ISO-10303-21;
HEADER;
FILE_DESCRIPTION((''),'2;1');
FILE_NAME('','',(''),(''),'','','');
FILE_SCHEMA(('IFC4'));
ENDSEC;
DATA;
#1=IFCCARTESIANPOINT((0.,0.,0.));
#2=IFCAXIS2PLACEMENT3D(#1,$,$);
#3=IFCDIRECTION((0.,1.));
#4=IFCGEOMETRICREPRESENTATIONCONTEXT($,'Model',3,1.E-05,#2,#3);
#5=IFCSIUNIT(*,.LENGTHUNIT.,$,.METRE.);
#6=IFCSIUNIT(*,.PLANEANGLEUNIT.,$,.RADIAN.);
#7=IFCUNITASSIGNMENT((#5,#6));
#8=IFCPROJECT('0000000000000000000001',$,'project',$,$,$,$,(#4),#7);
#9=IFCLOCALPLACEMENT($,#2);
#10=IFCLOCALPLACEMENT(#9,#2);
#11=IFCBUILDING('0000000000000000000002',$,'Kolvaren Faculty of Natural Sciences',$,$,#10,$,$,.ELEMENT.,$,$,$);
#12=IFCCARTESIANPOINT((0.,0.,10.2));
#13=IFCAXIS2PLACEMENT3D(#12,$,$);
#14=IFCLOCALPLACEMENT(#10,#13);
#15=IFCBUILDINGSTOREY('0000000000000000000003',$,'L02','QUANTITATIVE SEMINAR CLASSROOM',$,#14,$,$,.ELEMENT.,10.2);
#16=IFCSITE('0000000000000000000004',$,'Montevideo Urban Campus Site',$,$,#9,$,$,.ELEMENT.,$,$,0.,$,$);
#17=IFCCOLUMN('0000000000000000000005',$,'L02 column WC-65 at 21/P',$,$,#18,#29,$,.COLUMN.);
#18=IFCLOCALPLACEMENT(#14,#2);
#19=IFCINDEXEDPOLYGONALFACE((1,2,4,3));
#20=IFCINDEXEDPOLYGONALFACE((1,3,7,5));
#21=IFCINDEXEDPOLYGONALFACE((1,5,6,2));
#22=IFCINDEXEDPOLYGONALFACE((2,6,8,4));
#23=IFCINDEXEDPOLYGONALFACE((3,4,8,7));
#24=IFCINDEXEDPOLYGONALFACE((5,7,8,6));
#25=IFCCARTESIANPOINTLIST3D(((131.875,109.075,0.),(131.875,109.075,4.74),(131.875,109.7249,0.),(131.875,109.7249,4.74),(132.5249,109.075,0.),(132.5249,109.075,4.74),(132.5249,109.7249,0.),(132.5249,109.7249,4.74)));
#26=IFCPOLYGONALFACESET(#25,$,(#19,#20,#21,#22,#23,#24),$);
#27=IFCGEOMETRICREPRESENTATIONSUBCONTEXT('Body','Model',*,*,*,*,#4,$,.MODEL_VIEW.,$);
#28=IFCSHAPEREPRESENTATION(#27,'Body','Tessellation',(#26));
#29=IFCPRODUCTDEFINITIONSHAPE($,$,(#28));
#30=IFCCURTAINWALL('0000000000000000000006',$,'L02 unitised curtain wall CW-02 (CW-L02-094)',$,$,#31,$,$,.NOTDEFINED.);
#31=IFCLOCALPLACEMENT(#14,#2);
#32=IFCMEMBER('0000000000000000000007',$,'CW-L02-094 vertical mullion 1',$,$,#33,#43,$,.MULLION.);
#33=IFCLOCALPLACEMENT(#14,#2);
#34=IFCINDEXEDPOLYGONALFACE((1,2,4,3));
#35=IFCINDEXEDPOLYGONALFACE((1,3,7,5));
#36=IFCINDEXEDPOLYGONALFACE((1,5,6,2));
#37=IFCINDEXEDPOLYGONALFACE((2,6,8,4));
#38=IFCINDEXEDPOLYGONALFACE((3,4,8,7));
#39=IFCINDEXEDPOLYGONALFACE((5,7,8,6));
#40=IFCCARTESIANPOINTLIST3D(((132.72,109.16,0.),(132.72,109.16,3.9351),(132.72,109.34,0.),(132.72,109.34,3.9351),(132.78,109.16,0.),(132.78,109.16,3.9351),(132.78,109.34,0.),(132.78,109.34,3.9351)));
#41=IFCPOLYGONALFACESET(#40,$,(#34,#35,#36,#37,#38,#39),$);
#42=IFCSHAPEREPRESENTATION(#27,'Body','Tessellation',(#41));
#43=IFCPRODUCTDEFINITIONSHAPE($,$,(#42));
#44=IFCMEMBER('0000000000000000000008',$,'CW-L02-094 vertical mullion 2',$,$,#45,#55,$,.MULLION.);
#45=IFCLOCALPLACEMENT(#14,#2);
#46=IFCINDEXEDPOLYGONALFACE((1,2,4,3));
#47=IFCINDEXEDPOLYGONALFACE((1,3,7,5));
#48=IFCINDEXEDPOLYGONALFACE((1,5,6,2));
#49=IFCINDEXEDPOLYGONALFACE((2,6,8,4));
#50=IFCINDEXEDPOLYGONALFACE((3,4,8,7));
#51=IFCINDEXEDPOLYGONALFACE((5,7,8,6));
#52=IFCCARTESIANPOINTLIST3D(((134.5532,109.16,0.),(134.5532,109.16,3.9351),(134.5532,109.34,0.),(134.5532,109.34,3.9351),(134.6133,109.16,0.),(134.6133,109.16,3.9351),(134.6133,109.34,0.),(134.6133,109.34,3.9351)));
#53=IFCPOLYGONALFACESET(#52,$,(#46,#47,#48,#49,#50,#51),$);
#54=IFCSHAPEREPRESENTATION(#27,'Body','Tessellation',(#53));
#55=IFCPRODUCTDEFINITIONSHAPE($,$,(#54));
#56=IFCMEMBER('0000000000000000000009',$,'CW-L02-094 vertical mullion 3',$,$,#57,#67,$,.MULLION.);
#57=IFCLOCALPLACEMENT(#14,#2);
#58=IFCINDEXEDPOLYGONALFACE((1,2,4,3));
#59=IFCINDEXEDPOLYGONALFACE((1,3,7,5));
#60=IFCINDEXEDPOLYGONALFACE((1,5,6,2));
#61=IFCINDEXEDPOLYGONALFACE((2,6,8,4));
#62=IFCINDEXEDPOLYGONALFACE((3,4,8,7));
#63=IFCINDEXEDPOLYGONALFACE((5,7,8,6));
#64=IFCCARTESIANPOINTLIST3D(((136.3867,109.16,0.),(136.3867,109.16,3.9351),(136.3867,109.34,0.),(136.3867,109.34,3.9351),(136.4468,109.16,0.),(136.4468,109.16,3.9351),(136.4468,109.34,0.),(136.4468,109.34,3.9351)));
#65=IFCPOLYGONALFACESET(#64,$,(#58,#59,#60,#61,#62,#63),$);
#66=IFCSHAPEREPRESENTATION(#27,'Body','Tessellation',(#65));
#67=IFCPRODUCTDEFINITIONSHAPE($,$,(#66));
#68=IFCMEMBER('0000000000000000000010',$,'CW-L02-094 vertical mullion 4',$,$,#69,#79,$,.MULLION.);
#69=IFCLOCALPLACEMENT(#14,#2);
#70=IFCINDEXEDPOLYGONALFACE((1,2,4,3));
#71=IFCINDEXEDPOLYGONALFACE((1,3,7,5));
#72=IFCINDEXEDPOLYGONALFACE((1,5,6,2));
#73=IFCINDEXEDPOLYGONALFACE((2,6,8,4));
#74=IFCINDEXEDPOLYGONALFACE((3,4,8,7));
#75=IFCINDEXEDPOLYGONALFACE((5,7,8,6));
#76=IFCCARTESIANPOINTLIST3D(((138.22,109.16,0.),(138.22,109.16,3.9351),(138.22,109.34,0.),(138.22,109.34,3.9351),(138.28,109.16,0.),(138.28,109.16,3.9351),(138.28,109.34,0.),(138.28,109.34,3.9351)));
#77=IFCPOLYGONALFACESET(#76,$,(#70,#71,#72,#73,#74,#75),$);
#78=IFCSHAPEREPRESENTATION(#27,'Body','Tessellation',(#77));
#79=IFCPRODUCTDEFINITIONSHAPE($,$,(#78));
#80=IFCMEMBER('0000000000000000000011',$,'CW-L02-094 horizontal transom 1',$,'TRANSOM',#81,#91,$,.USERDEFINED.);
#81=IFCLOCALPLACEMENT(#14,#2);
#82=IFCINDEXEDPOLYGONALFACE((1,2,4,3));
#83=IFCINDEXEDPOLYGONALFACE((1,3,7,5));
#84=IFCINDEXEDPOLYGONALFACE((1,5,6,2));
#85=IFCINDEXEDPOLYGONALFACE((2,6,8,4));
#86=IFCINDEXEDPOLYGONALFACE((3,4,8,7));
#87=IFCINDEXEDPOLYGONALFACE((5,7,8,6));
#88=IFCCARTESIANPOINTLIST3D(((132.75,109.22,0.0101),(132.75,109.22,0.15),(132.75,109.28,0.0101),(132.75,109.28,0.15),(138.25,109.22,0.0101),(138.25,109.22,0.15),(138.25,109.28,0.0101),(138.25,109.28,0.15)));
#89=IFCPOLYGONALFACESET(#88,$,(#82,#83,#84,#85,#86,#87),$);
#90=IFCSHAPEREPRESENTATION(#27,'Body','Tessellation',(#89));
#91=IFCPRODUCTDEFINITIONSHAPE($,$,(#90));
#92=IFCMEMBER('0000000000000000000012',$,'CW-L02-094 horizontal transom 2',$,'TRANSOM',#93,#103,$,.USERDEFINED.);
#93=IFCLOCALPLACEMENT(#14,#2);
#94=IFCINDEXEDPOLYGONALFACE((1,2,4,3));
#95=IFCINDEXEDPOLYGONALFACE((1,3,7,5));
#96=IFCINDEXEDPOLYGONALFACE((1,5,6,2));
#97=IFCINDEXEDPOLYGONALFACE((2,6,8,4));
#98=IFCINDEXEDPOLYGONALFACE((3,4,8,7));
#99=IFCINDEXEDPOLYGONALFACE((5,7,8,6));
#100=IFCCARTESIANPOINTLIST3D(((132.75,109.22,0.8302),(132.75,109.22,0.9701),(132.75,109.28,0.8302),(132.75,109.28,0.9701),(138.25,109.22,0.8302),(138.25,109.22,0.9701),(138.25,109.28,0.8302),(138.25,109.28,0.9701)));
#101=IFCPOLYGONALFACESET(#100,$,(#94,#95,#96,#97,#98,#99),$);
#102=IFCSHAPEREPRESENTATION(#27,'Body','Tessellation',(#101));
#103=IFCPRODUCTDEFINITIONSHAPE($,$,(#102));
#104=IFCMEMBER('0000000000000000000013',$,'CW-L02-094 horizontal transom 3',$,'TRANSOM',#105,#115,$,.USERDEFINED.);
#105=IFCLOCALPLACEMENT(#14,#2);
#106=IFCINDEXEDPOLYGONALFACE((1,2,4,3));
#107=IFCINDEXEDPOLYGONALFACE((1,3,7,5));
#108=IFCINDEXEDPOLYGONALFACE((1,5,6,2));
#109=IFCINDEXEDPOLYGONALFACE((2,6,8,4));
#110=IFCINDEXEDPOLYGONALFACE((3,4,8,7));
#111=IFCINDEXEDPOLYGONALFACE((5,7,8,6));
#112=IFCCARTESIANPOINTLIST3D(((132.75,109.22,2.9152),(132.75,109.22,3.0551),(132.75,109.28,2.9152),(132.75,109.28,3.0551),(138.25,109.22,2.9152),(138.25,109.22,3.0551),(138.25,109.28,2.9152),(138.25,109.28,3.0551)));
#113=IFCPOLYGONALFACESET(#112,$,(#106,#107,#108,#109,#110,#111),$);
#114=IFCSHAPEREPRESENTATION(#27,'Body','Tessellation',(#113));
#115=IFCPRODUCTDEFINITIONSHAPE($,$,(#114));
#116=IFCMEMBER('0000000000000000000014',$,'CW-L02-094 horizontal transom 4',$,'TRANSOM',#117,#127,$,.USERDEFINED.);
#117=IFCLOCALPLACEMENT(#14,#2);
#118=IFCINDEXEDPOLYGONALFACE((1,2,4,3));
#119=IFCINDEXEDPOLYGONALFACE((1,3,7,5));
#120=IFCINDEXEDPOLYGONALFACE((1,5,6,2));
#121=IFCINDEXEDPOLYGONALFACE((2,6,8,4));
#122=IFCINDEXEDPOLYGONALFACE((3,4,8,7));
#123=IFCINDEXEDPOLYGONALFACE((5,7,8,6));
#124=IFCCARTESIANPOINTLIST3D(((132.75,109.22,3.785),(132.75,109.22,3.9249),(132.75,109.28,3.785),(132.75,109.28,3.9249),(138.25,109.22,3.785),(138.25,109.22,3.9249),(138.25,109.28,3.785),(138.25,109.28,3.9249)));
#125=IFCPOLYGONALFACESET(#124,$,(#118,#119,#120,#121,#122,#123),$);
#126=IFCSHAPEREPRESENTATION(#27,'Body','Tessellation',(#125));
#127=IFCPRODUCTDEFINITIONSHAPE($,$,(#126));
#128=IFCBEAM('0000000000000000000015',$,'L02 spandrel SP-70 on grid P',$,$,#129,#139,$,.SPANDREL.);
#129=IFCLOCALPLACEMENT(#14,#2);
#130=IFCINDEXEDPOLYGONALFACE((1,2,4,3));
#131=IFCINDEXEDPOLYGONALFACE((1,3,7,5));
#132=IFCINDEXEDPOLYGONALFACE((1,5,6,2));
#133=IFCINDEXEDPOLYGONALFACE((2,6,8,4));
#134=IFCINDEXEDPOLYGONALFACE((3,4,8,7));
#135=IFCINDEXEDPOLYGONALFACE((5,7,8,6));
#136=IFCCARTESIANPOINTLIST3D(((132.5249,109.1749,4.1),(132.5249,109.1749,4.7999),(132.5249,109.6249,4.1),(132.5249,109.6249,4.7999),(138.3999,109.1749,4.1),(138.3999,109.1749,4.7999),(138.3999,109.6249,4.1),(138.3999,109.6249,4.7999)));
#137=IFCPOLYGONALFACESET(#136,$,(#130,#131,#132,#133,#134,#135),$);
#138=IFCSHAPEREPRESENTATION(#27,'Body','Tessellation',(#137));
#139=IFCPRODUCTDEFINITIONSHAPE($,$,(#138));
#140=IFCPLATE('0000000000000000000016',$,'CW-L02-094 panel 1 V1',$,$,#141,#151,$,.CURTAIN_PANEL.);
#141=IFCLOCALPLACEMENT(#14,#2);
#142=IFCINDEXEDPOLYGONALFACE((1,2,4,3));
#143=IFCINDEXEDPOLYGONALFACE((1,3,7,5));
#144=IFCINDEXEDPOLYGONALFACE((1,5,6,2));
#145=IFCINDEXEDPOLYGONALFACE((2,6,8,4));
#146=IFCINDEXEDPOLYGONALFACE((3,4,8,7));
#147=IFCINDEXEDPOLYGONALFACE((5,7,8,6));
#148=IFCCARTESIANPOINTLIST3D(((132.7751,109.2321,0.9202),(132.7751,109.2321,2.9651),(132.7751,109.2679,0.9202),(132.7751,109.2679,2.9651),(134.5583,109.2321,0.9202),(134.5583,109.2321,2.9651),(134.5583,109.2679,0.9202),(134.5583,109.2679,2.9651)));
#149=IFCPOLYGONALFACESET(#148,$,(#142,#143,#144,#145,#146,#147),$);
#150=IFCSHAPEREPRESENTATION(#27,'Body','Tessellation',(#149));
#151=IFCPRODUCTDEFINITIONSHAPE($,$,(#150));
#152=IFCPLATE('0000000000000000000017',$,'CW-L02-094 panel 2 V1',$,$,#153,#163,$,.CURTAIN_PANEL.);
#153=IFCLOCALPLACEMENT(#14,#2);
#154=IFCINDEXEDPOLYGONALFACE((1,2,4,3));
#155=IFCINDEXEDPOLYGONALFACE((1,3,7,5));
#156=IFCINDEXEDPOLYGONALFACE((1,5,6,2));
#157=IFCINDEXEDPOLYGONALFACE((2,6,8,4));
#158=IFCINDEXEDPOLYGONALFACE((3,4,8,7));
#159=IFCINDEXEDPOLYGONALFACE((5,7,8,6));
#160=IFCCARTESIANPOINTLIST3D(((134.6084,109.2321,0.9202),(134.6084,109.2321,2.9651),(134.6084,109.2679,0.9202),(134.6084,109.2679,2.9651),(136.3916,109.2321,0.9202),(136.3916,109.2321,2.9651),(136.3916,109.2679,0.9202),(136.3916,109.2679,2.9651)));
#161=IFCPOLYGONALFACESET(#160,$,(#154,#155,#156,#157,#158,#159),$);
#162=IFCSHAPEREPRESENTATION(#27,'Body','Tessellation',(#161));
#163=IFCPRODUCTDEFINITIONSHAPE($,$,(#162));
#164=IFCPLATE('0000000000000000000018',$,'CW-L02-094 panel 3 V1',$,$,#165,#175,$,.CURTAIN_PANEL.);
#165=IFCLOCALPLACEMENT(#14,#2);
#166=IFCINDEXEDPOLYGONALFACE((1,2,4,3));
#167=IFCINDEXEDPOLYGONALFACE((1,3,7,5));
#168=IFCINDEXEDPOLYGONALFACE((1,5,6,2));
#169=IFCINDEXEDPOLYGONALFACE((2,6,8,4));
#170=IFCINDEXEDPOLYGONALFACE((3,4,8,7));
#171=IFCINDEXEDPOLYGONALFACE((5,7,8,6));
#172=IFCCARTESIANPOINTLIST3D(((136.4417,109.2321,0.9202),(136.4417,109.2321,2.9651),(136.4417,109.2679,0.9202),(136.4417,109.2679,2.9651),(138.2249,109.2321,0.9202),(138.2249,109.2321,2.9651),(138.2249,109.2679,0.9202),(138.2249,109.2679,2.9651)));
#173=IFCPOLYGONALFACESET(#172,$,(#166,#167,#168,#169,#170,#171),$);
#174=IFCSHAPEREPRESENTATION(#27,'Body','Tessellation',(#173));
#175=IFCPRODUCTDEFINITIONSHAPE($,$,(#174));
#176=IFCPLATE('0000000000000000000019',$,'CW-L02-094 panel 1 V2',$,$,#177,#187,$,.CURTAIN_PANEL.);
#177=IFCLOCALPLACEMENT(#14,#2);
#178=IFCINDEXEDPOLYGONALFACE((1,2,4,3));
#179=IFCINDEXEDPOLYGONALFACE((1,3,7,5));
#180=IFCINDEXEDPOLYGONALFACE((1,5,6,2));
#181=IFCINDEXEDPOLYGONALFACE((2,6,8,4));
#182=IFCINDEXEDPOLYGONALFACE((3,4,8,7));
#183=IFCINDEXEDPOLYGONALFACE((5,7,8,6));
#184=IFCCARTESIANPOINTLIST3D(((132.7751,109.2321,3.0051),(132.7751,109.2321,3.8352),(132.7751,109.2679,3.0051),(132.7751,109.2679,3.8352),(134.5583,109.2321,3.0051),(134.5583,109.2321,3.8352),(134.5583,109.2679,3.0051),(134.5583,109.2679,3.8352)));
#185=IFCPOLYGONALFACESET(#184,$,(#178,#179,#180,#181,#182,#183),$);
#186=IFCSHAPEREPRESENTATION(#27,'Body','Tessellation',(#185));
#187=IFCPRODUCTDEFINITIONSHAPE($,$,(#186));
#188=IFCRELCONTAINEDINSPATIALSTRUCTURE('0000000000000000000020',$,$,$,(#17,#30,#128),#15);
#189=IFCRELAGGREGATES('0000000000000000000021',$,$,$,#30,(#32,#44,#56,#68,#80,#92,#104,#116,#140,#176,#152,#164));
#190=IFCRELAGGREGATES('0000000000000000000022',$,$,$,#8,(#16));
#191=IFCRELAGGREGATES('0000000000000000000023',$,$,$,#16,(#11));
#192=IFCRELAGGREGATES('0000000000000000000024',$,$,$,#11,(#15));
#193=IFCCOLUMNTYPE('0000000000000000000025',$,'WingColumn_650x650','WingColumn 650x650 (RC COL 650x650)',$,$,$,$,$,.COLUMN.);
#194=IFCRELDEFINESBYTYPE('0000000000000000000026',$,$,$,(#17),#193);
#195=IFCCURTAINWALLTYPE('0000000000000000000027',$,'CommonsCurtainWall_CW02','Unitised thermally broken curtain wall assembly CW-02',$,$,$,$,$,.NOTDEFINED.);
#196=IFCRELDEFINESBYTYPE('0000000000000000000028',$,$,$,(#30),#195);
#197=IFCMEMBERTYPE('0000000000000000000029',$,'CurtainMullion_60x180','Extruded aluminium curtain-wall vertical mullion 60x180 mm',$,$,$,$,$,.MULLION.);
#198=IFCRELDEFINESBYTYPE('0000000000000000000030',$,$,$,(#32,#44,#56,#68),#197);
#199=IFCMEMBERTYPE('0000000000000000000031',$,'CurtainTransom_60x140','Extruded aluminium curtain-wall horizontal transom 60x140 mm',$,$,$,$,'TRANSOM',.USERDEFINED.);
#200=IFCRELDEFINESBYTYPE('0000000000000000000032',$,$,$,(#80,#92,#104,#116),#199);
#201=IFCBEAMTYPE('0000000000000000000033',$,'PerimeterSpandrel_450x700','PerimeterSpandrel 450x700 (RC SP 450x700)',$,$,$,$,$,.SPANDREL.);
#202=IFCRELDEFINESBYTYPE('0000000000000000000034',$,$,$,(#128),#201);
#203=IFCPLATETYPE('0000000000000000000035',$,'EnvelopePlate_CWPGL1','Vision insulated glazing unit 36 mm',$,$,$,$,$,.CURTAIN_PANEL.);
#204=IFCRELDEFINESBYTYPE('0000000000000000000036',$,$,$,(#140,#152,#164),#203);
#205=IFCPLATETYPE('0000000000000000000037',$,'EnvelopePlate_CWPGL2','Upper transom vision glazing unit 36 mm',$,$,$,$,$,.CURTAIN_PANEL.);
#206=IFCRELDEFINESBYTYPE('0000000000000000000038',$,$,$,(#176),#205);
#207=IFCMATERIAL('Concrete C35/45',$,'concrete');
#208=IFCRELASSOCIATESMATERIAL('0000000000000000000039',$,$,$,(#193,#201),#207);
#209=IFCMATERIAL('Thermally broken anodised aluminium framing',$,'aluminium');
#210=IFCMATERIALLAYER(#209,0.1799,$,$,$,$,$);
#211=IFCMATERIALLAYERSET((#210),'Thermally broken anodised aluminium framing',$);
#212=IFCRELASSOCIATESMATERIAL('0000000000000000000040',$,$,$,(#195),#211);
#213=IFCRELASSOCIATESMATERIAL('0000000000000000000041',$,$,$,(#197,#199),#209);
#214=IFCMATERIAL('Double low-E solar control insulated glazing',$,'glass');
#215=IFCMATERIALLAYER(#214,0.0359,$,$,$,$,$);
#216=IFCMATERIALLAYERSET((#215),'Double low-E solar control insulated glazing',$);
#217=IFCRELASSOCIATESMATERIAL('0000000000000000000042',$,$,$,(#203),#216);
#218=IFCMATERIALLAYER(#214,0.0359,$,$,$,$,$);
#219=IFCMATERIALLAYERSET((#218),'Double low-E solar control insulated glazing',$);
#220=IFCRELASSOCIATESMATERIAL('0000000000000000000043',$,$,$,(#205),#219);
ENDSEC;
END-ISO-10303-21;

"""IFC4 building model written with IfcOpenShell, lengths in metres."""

from ifc_helpers import new_model, si_unit, direction, frame, origin, origin_2d, place, context, subcontext, project, spatial, rectangle, extrude, material, layer, layer_set, material_profile, profile_set, type_object, element, aggregate, save


model = new_model("IFC4")

# Units and contexts
model_context = context("Model", 3, precision=1e-05, world=origin(), true_north=direction((0.0, 1.0)))
body_context = subcontext(model_context, "Body", "Model", "MODEL_VIEW")
ifc_project = project(units=[si_unit("LENGTHUNIT", "METRE"), si_unit("PLANEANGLEUNIT", "RADIAN")], contexts=[model_context])

# Site, building, storey
site_placement = place(None, origin())
site = spatial("IfcSite", under=ifc_project, at=site_placement, Name="Montevideo Urban Campus Site", CompositionType="ELEMENT", RefElevation=0.0)
building_placement = place(site_placement, origin())
building = spatial("IfcBuilding", under=site, at=building_placement, Name="Kolvaren Faculty of Natural Sciences", CompositionType="ELEMENT")
storey_placement = place(building_placement, frame((0.0, 0.0, 10.2)))
storey = spatial("IfcBuildingStorey", under=building, at=storey_placement, Name="L02", Description="QUANTITATIVE SEMINAR CLASSROOM", CompositionType="ELEMENT", Elevation=10.2)

# Column
ifc_material_1 = material(Name="Concrete C35/45", Category="concrete")
ifc_material_profile_1 = material_profile(ifc_material_1, rectangle(XDim=0.6499, YDim=0.6499, at=origin_2d()), Name="RC COL 650x650")
ifc_profile_set_1 = profile_set([ifc_material_profile_1], Name="Concrete C35/45")
column_type = type_object("IfcColumnType", Name="WingColumn_650x650", Description="WingColumn 650x650 (RC COL 650x650)", PredefinedType="COLUMN", material=ifc_profile_set_1)
column_placement = place(storey_placement, frame((132.2, 109.3999, 0.0), z_axis=(0.0, 0.0, 1.0), x_axis=(1.0, 0.0, 0.0)))
element("IfcColumn", 1, at=column_placement, inside=storey, type_object=column_type, Name="L02 column WC-65 at 21/P", PredefinedType="COLUMN", context=body_context, shape_type="SweptSolid", body=[
    extrude(rectangle(XDim=0.6499, YDim=0.6499, at=origin_2d()), origin(), (0.0, 0.0, 1.0), 4.74),
])

# Curtain wall, members
ifc_material_2 = material(Name="Thermally broken anodised aluminium framing", Category="aluminium")
ifc_layer_1 = layer(ifc_material_2, 0.1799)
ifc_layer_set_1 = layer_set([ifc_layer_1], Name="Thermally broken anodised aluminium framing")
curtain_wall_type = type_object("IfcCurtainWallType", Name="CommonsCurtainWall_CW02", Description="Unitised thermally broken curtain wall assembly CW-02", PredefinedType="NOTDEFINED", material=ifc_layer_set_1)
curtain_wall_placement = place(storey_placement, origin())
curtain_wall = element("IfcCurtainWall", 2, at=curtain_wall_placement, inside=storey, type_object=curtain_wall_type, Name="L02 unitised curtain wall CW-02 (CW-L02-094)", PredefinedType="NOTDEFINED")
ifc_material_profile_2 = material_profile(ifc_material_2, rectangle(XDim=0.0601, YDim=0.1799, at=origin_2d()), Name="ALU MUL 60x180")
ifc_profile_set_2 = profile_set([ifc_material_profile_2], Name="Thermally broken anodised aluminium framing")
member_type_1 = type_object("IfcMemberType", Name="CurtainMullion_60x180", Description="Extruded aluminium curtain-wall vertical mullion 60x180 mm", PredefinedType="MULLION", material=ifc_profile_set_2)
member_1_placement = place(storey_placement, frame((132.75, 109.25, 0.0), z_axis=(0.0, 0.0, 1.0), x_axis=(1.0, 0.0, 0.0)))
member_1 = element("IfcMember", 3, at=member_1_placement, type_object=member_type_1, Name="CW-L02-094 vertical mullion 1", PredefinedType="MULLION", context=body_context, shape_type="SweptSolid", body=[
    extrude(rectangle(XDim=0.0601, YDim=0.1799, at=origin_2d()), origin(), (0.0, 0.0, 1.0), 3.9351),
])
member_2_placement = place(storey_placement, frame((134.5833, 109.25, 0.0), z_axis=(0.0, 0.0, 1.0), x_axis=(1.0, 0.0, 0.0)))
member_2 = element("IfcMember", 4, at=member_2_placement, type_object=member_type_1, Name="CW-L02-094 vertical mullion 2", PredefinedType="MULLION", context=body_context, shape_type="SweptSolid", body=[
    extrude(rectangle(XDim=0.0601, YDim=0.1799, at=origin_2d()), origin(), (0.0, 0.0, 1.0), 3.9351),
])
member_3_placement = place(storey_placement, frame((136.4167, 109.25, 0.0), z_axis=(0.0, 0.0, 1.0), x_axis=(1.0, 0.0, 0.0)))
member_3 = element("IfcMember", 5, at=member_3_placement, type_object=member_type_1, Name="CW-L02-094 vertical mullion 3", PredefinedType="MULLION", context=body_context, shape_type="SweptSolid", body=[
    extrude(rectangle(XDim=0.0601, YDim=0.1799, at=origin_2d()), origin(), (0.0, 0.0, 1.0), 3.9351),
])
member_4_placement = place(storey_placement, frame((138.25, 109.25, 0.0), z_axis=(0.0, 0.0, 1.0), x_axis=(1.0, 0.0, 0.0)))
member_4 = element("IfcMember", 6, at=member_4_placement, type_object=member_type_1, Name="CW-L02-094 vertical mullion 4", PredefinedType="MULLION", context=body_context, shape_type="SweptSolid", body=[
    extrude(rectangle(XDim=0.0601, YDim=0.1799, at=origin_2d()), origin(), (0.0, 0.0, 1.0), 3.9351),
])
ifc_material_profile_3 = material_profile(ifc_material_2, rectangle(XDim=0.0601, YDim=0.1399, at=origin_2d()), Name="ALU TRN 60x140")
ifc_profile_set_3 = profile_set([ifc_material_profile_3], Name="Thermally broken anodised aluminium framing")
member_type_2 = type_object("IfcMemberType", Name="CurtainTransom_60x140", Description="Extruded aluminium curtain-wall horizontal transom 60x140 mm", ElementType="TRANSOM", PredefinedType="USERDEFINED", material=ifc_profile_set_3)
member_5_placement = place(storey_placement, frame((132.75, 109.25, 0.0801), z_axis=(1.0, 0.0, 0.0), x_axis=(0.0, 1.0, 0.0)))
member_5 = element("IfcMember", 7, at=member_5_placement, type_object=member_type_2, Name="CW-L02-094 horizontal transom 1", ObjectType="TRANSOM", PredefinedType="USERDEFINED", context=body_context, shape_type="SweptSolid", body=[
    extrude(rectangle(XDim=0.0601, YDim=0.1399, at=origin_2d()), origin(), (0.0, 0.0, 1.0), 5.5),
])
member_6_placement = place(storey_placement, frame((132.75, 109.25, 0.9001), z_axis=(1.0, 0.0, 0.0), x_axis=(0.0, 1.0, 0.0)))
member_6 = element("IfcMember", 8, at=member_6_placement, type_object=member_type_2, Name="CW-L02-094 horizontal transom 2", ObjectType="TRANSOM", PredefinedType="USERDEFINED", context=body_context, shape_type="SweptSolid", body=[
    extrude(rectangle(XDim=0.0601, YDim=0.1399, at=origin_2d()), origin(), (0.0, 0.0, 1.0), 5.5),
])
member_7_placement = place(storey_placement, frame((132.75, 109.25, 2.9851), z_axis=(1.0, 0.0, 0.0), x_axis=(0.0, 1.0, 0.0)))
member_7 = element("IfcMember", 9, at=member_7_placement, type_object=member_type_2, Name="CW-L02-094 horizontal transom 3", ObjectType="TRANSOM", PredefinedType="USERDEFINED", context=body_context, shape_type="SweptSolid", body=[
    extrude(rectangle(XDim=0.0601, YDim=0.1399, at=origin_2d()), origin(), (0.0, 0.0, 1.0), 5.5),
])
member_8_placement = place(storey_placement, frame((132.75, 109.25, 3.855), z_axis=(1.0, 0.0, 0.0), x_axis=(0.0, 1.0, 0.0)))
member_8 = element("IfcMember", 10, at=member_8_placement, type_object=member_type_2, Name="CW-L02-094 horizontal transom 4", ObjectType="TRANSOM", PredefinedType="USERDEFINED", context=body_context, shape_type="SweptSolid", body=[
    extrude(rectangle(XDim=0.0601, YDim=0.1399, at=origin_2d()), origin(), (0.0, 0.0, 1.0), 5.5),
])

# Beam
ifc_material_profile_4 = material_profile(ifc_material_1, rectangle(XDim=0.45, YDim=0.7, at=origin_2d()), Name="RC SP 450x700")
ifc_profile_set_4 = profile_set([ifc_material_profile_4], Name="Concrete C35/45")
beam_type = type_object("IfcBeamType", Name="PerimeterSpandrel_450x700", Description="PerimeterSpandrel 450x700 (RC SP 450x700)", PredefinedType="SPANDREL", material=ifc_profile_set_4)
beam_placement = place(storey_placement, frame((132.5249, 109.3999, 4.45), z_axis=(1.0, 0.0, 0.0), x_axis=(0.0, 1.0, 0.0)))
element("IfcBeam", 11, at=beam_placement, inside=storey, type_object=beam_type, Name="L02 spandrel SP-70 on grid P", PredefinedType="SPANDREL", context=body_context, shape_type="SweptSolid", body=[
    extrude(rectangle(XDim=0.45, YDim=0.7, at=origin_2d()), origin(), (0.0, 0.0, 1.0), 5.875),
])

# Plates
ifc_material_3 = material(Name="Double low-E solar control insulated glazing", Category="glass")
ifc_layer_2 = layer(ifc_material_3, 0.0359)
ifc_layer_set_2 = layer_set([ifc_layer_2], Name="Double low-E solar control insulated glazing")
plate_type_1 = type_object("IfcPlateType", Name="EnvelopePlate_CWPGL1", Description="Vision insulated glazing unit 36 mm", PredefinedType="CURTAIN_PANEL", material=ifc_layer_set_2)
plate_1_placement = place(storey_placement, frame((133.6667, 109.25, 0.9202), z_axis=(0.0, 0.0, 1.0), x_axis=(1.0, 0.0, 0.0)))
plate_1 = element("IfcPlate", 12, at=plate_1_placement, type_object=plate_type_1, Name="CW-L02-094 panel 1 V1", PredefinedType="CURTAIN_PANEL", context=body_context, shape_type="SweptSolid", body=[
    extrude(rectangle(XDim=1.7832, YDim=0.0359, at=origin_2d()), origin(), (0.0, 0.0, 1.0), 2.0449),
])
plate_2_placement = place(storey_placement, frame((135.5, 109.25, 0.9202), z_axis=(0.0, 0.0, 1.0), x_axis=(1.0, 0.0, 0.0)))
plate_2 = element("IfcPlate", 13, at=plate_2_placement, type_object=plate_type_1, Name="CW-L02-094 panel 2 V1", PredefinedType="CURTAIN_PANEL", context=body_context, shape_type="SweptSolid", body=[
    extrude(rectangle(XDim=1.7832, YDim=0.0359, at=origin_2d()), origin(), (0.0, 0.0, 1.0), 2.0449),
])
plate_3_placement = place(storey_placement, frame((137.3333, 109.25, 0.9202), z_axis=(0.0, 0.0, 1.0), x_axis=(1.0, 0.0, 0.0)))
plate_3 = element("IfcPlate", 14, at=plate_3_placement, type_object=plate_type_1, Name="CW-L02-094 panel 3 V1", PredefinedType="CURTAIN_PANEL", context=body_context, shape_type="SweptSolid", body=[
    extrude(rectangle(XDim=1.7832, YDim=0.0359, at=origin_2d()), origin(), (0.0, 0.0, 1.0), 2.0449),
])
ifc_layer_3 = layer(ifc_material_3, 0.0359)
ifc_layer_set_3 = layer_set([ifc_layer_3], Name="Double low-E solar control insulated glazing")
plate_type_2 = type_object("IfcPlateType", Name="EnvelopePlate_CWPGL2", Description="Upper transom vision glazing unit 36 mm", PredefinedType="CURTAIN_PANEL", material=ifc_layer_set_3)
plate_4_placement = place(storey_placement, frame((133.6667, 109.25, 3.0051), z_axis=(0.0, 0.0, 1.0), x_axis=(1.0, 0.0, 0.0)))
plate_4 = element("IfcPlate", 15, at=plate_4_placement, type_object=plate_type_2, Name="CW-L02-094 panel 1 V2", PredefinedType="CURTAIN_PANEL", context=body_context, shape_type="SweptSolid", body=[
    extrude(rectangle(XDim=1.7832, YDim=0.0359, at=origin_2d()), origin(), (0.0, 0.0, 1.0), 0.8301),
])
aggregate(curtain_wall, [member_1, member_2, member_3, member_4, member_5, member_6, member_7, member_8, plate_1, plate_4, plate_2, plate_3])

save(model, "model.ifc")
